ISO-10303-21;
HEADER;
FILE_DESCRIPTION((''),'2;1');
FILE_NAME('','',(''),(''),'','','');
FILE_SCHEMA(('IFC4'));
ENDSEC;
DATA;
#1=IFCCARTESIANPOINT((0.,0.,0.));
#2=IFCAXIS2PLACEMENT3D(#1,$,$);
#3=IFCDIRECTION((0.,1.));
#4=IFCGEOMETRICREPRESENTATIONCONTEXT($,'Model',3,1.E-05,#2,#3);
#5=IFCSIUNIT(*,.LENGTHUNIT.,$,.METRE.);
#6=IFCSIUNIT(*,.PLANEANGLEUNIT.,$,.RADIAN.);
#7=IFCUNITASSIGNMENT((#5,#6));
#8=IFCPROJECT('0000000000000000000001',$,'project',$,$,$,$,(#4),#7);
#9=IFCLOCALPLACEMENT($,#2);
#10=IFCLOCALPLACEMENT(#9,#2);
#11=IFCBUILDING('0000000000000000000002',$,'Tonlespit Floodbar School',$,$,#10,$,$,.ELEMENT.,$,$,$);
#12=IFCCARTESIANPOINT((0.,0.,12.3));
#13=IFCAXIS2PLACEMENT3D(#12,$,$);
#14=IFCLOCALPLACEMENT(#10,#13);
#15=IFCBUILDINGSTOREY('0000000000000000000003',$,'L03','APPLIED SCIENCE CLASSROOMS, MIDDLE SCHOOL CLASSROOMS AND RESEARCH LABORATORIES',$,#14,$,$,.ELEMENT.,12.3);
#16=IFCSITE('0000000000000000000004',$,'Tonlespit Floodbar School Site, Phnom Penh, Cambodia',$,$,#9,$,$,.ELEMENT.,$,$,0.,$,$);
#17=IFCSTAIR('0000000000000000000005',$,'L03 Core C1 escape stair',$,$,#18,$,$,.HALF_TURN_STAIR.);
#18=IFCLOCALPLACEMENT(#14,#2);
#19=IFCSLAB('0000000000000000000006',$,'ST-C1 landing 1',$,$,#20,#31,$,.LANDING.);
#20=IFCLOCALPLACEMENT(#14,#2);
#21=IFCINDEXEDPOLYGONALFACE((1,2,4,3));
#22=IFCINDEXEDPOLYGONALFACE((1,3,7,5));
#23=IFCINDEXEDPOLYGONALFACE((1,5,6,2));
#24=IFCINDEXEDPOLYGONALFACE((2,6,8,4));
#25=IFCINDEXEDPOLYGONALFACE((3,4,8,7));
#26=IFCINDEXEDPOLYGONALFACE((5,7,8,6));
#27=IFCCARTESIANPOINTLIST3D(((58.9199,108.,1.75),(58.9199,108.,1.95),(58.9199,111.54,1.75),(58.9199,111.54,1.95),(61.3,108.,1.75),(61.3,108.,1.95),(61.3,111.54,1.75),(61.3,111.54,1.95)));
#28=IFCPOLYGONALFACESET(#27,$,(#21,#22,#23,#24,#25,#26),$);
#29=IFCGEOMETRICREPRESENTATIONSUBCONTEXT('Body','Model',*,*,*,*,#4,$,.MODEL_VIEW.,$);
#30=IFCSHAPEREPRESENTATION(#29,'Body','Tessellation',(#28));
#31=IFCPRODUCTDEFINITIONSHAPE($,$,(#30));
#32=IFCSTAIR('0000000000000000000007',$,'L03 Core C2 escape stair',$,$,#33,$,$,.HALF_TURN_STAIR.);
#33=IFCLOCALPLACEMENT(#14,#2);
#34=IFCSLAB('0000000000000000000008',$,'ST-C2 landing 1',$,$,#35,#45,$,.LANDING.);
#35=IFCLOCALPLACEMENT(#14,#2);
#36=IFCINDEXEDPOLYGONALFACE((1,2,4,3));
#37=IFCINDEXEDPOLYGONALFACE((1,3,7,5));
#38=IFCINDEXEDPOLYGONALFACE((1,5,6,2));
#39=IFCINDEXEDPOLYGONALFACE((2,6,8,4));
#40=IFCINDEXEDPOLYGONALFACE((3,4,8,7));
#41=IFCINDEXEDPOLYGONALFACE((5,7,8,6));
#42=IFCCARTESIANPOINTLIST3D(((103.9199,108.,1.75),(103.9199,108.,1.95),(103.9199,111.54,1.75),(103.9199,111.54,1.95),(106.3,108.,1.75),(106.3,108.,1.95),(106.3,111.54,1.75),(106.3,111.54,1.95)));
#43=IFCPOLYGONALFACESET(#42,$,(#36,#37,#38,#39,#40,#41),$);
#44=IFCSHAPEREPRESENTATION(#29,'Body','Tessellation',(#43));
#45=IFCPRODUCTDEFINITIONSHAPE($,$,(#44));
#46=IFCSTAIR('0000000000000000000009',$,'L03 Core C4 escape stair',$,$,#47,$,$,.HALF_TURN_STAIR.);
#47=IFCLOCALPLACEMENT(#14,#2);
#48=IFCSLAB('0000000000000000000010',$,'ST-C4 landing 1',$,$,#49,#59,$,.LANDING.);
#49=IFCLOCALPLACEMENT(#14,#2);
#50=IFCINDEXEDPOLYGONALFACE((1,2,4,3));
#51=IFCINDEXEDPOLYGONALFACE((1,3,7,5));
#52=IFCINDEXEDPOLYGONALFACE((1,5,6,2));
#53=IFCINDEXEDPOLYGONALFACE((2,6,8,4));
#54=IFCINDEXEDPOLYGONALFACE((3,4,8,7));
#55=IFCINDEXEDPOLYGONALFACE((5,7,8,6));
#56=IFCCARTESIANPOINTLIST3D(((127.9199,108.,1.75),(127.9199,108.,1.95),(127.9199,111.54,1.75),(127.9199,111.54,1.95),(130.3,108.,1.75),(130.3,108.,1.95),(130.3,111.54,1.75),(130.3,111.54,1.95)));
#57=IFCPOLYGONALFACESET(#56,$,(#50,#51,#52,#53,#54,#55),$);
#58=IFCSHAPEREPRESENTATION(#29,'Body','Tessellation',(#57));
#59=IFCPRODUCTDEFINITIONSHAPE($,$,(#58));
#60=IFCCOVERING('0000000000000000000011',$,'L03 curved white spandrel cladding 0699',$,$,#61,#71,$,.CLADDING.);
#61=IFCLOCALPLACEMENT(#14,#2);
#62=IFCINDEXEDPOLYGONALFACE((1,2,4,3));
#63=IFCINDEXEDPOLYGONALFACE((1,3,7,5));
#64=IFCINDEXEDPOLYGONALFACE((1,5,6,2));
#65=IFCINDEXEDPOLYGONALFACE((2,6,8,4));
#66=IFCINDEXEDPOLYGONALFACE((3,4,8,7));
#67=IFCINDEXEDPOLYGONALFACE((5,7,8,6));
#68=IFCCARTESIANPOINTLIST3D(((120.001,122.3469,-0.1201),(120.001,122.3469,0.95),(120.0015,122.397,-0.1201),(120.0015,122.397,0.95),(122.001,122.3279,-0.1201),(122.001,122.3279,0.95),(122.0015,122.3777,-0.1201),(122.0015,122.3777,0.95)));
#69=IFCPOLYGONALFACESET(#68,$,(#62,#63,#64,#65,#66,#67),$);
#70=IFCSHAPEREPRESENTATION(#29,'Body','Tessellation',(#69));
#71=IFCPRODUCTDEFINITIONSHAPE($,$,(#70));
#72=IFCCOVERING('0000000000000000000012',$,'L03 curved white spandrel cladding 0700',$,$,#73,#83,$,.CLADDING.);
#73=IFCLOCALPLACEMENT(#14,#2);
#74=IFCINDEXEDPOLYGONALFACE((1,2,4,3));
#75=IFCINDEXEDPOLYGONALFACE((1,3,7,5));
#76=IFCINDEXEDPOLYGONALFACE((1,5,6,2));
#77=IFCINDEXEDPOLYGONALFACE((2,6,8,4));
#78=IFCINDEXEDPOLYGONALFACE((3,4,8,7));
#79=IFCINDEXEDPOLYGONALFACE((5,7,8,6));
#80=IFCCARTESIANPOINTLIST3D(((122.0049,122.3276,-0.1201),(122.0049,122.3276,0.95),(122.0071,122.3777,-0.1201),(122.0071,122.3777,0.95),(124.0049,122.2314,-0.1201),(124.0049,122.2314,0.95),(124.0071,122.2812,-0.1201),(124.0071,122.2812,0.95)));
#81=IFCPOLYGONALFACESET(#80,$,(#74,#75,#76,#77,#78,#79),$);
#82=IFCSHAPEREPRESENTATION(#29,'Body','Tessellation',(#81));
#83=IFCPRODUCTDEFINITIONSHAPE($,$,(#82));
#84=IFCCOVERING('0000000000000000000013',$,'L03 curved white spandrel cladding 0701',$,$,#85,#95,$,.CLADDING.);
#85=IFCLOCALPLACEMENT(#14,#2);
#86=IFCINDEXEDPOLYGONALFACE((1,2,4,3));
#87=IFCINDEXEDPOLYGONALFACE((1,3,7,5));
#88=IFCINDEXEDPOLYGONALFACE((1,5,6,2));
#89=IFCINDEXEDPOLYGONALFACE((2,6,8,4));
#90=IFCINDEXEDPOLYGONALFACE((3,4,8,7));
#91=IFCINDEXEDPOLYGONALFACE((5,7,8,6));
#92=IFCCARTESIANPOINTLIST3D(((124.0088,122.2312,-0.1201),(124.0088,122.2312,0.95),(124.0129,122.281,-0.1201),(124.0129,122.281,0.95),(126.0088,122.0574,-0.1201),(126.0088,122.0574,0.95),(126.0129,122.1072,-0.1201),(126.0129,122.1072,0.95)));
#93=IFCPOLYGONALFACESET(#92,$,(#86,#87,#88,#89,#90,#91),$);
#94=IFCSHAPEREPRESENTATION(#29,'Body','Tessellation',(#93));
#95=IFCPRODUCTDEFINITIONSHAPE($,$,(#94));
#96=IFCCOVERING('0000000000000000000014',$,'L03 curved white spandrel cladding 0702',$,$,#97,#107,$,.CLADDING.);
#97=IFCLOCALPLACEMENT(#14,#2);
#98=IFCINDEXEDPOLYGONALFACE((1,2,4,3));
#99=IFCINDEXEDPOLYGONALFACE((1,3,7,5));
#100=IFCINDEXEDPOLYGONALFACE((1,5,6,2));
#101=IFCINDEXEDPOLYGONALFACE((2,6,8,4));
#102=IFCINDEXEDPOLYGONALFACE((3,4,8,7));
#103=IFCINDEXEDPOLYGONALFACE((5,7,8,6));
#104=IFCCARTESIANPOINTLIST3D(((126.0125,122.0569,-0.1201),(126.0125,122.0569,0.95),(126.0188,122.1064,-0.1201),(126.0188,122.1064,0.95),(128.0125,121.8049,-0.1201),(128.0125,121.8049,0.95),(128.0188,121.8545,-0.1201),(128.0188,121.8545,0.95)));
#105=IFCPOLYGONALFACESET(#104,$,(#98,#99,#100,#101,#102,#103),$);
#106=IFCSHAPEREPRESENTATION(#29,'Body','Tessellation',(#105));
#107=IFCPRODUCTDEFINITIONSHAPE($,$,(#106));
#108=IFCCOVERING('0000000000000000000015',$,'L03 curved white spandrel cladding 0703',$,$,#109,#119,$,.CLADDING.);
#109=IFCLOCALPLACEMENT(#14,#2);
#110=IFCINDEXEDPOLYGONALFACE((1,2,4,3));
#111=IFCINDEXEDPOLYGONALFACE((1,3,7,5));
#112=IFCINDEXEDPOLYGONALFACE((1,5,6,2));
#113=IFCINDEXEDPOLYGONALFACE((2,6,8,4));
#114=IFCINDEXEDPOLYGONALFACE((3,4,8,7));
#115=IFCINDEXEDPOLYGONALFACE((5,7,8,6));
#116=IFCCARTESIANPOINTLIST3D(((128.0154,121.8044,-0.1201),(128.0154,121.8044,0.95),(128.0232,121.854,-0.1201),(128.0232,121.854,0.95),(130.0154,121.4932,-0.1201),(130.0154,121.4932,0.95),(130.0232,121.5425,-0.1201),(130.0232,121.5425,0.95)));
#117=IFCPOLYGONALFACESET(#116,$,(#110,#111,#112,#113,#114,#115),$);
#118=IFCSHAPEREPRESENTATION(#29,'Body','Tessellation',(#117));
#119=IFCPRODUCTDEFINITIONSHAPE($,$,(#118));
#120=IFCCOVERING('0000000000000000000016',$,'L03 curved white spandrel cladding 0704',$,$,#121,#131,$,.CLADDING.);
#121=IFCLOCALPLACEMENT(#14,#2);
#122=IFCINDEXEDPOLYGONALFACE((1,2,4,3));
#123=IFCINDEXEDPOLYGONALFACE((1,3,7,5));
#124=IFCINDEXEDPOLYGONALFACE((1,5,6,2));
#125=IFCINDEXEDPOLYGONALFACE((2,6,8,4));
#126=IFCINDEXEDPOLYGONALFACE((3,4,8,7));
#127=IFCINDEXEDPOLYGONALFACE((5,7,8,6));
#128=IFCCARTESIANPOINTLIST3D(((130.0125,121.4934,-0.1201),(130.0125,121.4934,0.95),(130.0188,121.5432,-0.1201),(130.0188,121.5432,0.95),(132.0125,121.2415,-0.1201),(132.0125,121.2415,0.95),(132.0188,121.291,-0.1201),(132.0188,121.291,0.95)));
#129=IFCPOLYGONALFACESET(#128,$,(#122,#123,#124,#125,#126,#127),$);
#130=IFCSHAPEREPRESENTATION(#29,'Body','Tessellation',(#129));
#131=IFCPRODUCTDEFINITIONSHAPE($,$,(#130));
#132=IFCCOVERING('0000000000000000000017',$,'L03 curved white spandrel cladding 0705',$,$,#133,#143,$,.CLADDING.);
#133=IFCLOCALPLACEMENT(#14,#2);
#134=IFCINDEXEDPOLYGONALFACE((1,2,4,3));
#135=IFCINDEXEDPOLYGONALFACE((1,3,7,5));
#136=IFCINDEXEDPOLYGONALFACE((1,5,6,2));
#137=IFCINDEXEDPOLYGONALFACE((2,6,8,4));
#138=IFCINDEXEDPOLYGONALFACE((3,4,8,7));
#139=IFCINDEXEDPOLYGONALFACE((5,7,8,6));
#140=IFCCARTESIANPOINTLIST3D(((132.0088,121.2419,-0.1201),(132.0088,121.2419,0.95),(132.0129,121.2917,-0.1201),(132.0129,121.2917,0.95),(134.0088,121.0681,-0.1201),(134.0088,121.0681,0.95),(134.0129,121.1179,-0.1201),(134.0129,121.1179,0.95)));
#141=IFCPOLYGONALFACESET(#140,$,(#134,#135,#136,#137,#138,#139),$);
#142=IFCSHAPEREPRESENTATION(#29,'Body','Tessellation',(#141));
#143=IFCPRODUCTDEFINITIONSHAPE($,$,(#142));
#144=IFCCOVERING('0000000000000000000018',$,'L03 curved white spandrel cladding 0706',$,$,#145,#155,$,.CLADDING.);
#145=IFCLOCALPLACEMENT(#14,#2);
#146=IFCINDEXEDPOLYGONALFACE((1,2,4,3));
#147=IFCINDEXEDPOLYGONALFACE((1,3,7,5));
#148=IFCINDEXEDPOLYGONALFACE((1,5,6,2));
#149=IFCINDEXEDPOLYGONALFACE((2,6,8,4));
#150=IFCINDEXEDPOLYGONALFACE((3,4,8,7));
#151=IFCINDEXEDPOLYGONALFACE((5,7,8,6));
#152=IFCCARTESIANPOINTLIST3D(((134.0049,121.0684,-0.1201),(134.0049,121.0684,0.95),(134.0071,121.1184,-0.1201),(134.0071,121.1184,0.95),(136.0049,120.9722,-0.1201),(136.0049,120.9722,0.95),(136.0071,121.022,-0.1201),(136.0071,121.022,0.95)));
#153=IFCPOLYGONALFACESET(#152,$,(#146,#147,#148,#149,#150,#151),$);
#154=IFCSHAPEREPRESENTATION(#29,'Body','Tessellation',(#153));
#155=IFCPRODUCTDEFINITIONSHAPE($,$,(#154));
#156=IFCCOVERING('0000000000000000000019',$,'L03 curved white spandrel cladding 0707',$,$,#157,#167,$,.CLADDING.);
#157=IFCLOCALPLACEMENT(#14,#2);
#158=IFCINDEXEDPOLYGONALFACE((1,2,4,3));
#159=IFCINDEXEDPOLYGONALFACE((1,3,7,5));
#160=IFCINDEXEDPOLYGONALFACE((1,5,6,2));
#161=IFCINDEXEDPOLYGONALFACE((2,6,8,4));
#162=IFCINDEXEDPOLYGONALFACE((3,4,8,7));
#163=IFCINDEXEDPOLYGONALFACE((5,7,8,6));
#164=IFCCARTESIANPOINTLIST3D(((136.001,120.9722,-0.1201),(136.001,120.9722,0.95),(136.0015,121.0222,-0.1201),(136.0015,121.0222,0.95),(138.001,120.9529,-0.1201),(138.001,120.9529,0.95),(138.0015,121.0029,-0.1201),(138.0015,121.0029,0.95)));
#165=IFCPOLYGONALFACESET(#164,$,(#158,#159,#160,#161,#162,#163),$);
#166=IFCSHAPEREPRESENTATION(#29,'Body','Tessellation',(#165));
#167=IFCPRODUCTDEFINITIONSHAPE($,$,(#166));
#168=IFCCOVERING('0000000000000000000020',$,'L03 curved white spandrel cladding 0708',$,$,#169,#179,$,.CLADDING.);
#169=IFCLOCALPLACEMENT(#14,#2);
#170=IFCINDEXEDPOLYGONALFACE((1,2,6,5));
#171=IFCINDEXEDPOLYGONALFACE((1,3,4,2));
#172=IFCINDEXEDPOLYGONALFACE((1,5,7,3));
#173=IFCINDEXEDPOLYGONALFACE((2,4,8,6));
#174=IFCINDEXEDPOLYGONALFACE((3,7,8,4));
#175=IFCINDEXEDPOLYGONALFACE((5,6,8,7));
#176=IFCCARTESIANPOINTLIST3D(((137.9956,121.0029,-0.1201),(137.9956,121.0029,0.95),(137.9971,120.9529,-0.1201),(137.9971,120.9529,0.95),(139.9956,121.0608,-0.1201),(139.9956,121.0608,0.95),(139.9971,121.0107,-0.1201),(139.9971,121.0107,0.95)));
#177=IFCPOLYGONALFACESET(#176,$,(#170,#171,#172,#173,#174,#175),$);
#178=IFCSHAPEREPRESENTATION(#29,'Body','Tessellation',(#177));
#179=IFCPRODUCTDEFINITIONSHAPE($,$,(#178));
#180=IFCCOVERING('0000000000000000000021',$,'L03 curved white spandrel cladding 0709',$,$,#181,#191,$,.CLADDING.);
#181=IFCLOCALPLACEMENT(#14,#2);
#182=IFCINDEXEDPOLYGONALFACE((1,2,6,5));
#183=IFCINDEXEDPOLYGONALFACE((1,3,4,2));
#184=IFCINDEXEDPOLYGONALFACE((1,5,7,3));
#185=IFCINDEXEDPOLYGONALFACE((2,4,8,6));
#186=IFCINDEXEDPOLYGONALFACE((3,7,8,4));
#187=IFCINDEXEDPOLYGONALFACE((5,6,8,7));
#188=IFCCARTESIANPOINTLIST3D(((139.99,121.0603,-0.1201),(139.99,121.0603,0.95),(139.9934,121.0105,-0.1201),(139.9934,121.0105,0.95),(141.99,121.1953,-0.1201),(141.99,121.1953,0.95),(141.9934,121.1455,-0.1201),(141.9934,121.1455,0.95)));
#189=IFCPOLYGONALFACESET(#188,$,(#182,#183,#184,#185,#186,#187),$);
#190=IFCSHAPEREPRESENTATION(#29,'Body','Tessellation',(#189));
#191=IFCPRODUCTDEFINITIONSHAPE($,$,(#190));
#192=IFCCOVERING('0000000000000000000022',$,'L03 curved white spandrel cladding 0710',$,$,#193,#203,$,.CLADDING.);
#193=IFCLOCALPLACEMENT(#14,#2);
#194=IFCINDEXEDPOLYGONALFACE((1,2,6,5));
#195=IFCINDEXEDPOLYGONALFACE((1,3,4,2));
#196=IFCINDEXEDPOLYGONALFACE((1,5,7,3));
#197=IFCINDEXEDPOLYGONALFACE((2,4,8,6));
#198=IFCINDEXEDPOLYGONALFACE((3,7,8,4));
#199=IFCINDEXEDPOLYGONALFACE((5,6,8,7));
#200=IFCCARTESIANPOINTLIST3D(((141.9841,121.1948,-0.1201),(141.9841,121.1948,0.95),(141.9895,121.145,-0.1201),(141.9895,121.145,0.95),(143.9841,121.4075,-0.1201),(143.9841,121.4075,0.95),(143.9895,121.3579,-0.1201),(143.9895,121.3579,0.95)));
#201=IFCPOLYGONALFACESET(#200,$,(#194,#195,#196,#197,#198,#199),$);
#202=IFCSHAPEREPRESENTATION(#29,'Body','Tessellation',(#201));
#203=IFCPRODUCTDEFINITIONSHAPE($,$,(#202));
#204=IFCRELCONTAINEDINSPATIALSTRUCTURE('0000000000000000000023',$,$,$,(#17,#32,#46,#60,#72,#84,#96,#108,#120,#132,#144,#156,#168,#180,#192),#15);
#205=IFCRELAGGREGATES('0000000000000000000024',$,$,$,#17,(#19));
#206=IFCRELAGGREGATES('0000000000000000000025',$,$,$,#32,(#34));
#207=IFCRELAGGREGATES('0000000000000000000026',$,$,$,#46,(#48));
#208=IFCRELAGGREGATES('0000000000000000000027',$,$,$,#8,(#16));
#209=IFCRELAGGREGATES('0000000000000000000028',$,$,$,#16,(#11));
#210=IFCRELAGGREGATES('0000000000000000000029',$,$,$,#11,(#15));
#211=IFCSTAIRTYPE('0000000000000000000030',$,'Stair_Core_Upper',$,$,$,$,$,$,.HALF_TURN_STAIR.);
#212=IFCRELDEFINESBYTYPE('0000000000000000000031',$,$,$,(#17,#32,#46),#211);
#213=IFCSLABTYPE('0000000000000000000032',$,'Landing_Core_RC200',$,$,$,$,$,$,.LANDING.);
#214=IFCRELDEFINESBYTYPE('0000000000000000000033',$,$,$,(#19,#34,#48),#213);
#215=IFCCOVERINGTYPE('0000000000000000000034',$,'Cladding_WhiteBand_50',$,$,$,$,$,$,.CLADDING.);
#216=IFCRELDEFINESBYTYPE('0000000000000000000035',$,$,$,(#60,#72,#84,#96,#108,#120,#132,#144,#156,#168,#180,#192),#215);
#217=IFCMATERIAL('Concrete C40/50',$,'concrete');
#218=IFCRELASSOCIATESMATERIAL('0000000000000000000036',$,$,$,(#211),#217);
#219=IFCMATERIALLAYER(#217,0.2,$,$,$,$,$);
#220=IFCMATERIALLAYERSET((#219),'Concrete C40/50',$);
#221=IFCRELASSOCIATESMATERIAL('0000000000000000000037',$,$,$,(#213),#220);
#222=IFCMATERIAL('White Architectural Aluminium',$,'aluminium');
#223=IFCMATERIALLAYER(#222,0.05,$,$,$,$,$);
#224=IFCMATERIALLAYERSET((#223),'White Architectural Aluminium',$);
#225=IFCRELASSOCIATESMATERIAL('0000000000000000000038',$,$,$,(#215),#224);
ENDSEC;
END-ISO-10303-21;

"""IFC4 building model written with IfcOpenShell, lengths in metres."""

from ifc_helpers import new_model, si_unit, direction, frame, origin, place, context, subcontext, project, spatial, polyline, outline, extrude, material, layer, layer_set, type_object, element, aggregate, save


model = new_model("IFC4")

# Units and contexts
model_context = context("Model", 3, precision=1e-05, world=origin(), true_north=direction((0.0, 1.0)))
body_context = subcontext(model_context, "Body", "Model", "MODEL_VIEW")
ifc_project = project(units=[si_unit("LENGTHUNIT", "METRE"), si_unit("PLANEANGLEUNIT", "RADIAN")], contexts=[model_context])

# Site, building, storey
site_placement = place(None, origin())
site = spatial("IfcSite", under=ifc_project, at=site_placement, Name="Tonlespit Floodbar School Site, Phnom Penh, Cambodia", CompositionType="ELEMENT", RefElevation=0.0)
building_placement = place(site_placement, origin())
building = spatial("IfcBuilding", under=site, at=building_placement, Name="Tonlespit Floodbar School", CompositionType="ELEMENT")
storey_placement = place(building_placement, frame((0.0, 0.0, 12.3)))
storey = spatial("IfcBuildingStorey", under=building, at=storey_placement, Name="L03", Description="APPLIED SCIENCE CLASSROOMS, MIDDLE SCHOOL CLASSROOMS AND RESEARCH LABORATORIES", CompositionType="ELEMENT", Elevation=12.3)

# Stairs, slabs
ifc_material_1 = material(Name="Concrete C40/50", Category="concrete")
stair_type = type_object("IfcStairType", Name="Stair_Core_Upper", PredefinedType="HALF_TURN_STAIR", material=ifc_material_1)
stair_1_placement = place(storey_placement, origin())
stair_1 = element("IfcStair", 1, at=stair_1_placement, inside=storey, type_object=stair_type, Name="L03 Core C1 escape stair", PredefinedType="HALF_TURN_STAIR")
ifc_layer_1 = layer(ifc_material_1, 0.2)
ifc_layer_set_1 = layer_set([ifc_layer_1], Name="Concrete C40/50")
slab_type = type_object("IfcSlabType", Name="Landing_Core_RC200", PredefinedType="LANDING", material=ifc_layer_set_1)
slab_1_placement = place(storey_placement, frame((0.0, 0.0, 1.75)))
slab_1 = element("IfcSlab", 2, at=slab_1_placement, type_object=slab_type, Name="ST-C1 landing 1", PredefinedType="LANDING", context=body_context, shape_type="SweptSolid", body=[
    extrude(outline(polyline([(58.9199, 108.0), (61.3, 108.0), (61.3, 111.54), (58.9199, 111.54), (58.9199, 108.0)])), origin(), (0.0, 0.0, 1.0), 0.2),
])
aggregate(stair_1, [slab_1])
stair_2_placement = place(storey_placement, origin())
stair_2 = element("IfcStair", 3, at=stair_2_placement, inside=storey, type_object=stair_type, Name="L03 Core C2 escape stair", PredefinedType="HALF_TURN_STAIR")
slab_2_placement = place(storey_placement, frame((0.0, 0.0, 1.75)))
slab_2 = element("IfcSlab", 4, at=slab_2_placement, type_object=slab_type, Name="ST-C2 landing 1", PredefinedType="LANDING", context=body_context, shape_type="SweptSolid", body=[
    extrude(outline(polyline([(103.9199, 108.0), (106.3, 108.0), (106.3, 111.54), (103.9199, 111.54), (103.9199, 108.0)])), origin(), (0.0, 0.0, 1.0), 0.2),
])
aggregate(stair_2, [slab_2])
stair_3_placement = place(storey_placement, origin())
stair_3 = element("IfcStair", 5, at=stair_3_placement, inside=storey, type_object=stair_type, Name="L03 Core C4 escape stair", PredefinedType="HALF_TURN_STAIR")
slab_3_placement = place(storey_placement, frame((0.0, 0.0, 1.75)))
slab_3 = element("IfcSlab", 6, at=slab_3_placement, type_object=slab_type, Name="ST-C4 landing 1", PredefinedType="LANDING", context=body_context, shape_type="SweptSolid", body=[
    extrude(outline(polyline([(127.9199, 108.0), (130.3, 108.0), (130.3, 111.54), (127.9199, 111.54), (127.9199, 108.0)])), origin(), (0.0, 0.0, 1.0), 0.2),
])
aggregate(stair_3, [slab_3])

# Coverings
ifc_material_2 = material(Name="White Architectural Aluminium", Category="aluminium")
ifc_layer_2 = layer(ifc_material_2, 0.05)
ifc_layer_set_2 = layer_set([ifc_layer_2], Name="White Architectural Aluminium")
covering_type = type_object("IfcCoveringType", Name="Cladding_WhiteBand_50", PredefinedType="CLADDING", material=ifc_layer_set_2)
covering_1_placement = place(storey_placement, frame((0.0, 0.0, -0.1201)))
element("IfcCovering", 7, at=covering_1_placement, inside=storey, type_object=covering_type, Name="L03 curved white spandrel cladding 0699", PredefinedType="CLADDING", context=body_context, shape_type="SweptSolid", body=[
    extrude(outline(polyline([(120.001, 122.3469), (122.001, 122.3279), (122.0015, 122.3777), (120.0015, 122.397), (120.001, 122.3469)])), origin(), (0.0, 0.0, 1.0), 1.0701),
])
covering_2_placement = place(storey_placement, frame((0.0, 0.0, -0.1201)))
element("IfcCovering", 8, at=covering_2_placement, inside=storey, type_object=covering_type, Name="L03 curved white spandrel cladding 0700", PredefinedType="CLADDING", context=body_context, shape_type="SweptSolid", body=[
    extrude(outline(polyline([(122.0049, 122.3276), (124.0049, 122.2314), (124.0071, 122.2812), (122.0071, 122.3777), (122.0049, 122.3276)])), origin(), (0.0, 0.0, 1.0), 1.0701),
])
covering_3_placement = place(storey_placement, frame((0.0, 0.0, -0.1201)))
element("IfcCovering", 9, at=covering_3_placement, inside=storey, type_object=covering_type, Name="L03 curved white spandrel cladding 0701", PredefinedType="CLADDING", context=body_context, shape_type="SweptSolid", body=[
    extrude(outline(polyline([(124.0088, 122.2312), (126.0088, 122.0574), (126.0129, 122.1072), (124.0129, 122.281), (124.0088, 122.2312)])), origin(), (0.0, 0.0, 1.0), 1.0701),
])
covering_4_placement = place(storey_placement, frame((0.0, 0.0, -0.1201)))
element("IfcCovering", 10, at=covering_4_placement, inside=storey, type_object=covering_type, Name="L03 curved white spandrel cladding 0702", PredefinedType="CLADDING", context=body_context, shape_type="SweptSolid", body=[
    extrude(outline(polyline([(126.0125, 122.0569), (128.0125, 121.8049), (128.0188, 121.8545), (126.0188, 122.1064), (126.0125, 122.0569)])), origin(), (0.0, 0.0, 1.0), 1.0701),
])
covering_5_placement = place(storey_placement, frame((0.0, 0.0, -0.1201)))
element("IfcCovering", 11, at=covering_5_placement, inside=storey, type_object=covering_type, Name="L03 curved white spandrel cladding 0703", PredefinedType="CLADDING", context=body_context, shape_type="SweptSolid", body=[
    extrude(outline(polyline([(128.0154, 121.8044), (130.0154, 121.4932), (130.0232, 121.5425), (128.0232, 121.854), (128.0154, 121.8044)])), origin(), (0.0, 0.0, 1.0), 1.0701),
])
covering_6_placement = place(storey_placement, frame((0.0, 0.0, -0.1201)))
element("IfcCovering", 12, at=covering_6_placement, inside=storey, type_object=covering_type, Name="L03 curved white spandrel cladding 0704", PredefinedType="CLADDING", context=body_context, shape_type="SweptSolid", body=[
    extrude(outline(polyline([(130.0125, 121.4934), (132.0125, 121.2415), (132.0188, 121.291), (130.0188, 121.5432), (130.0125, 121.4934)])), origin(), (0.0, 0.0, 1.0), 1.0701),
])
covering_7_placement = place(storey_placement, frame((0.0, 0.0, -0.1201)))
element("IfcCovering", 13, at=covering_7_placement, inside=storey, type_object=covering_type, Name="L03 curved white spandrel cladding 0705", PredefinedType="CLADDING", context=body_context, shape_type="SweptSolid", body=[
    extrude(outline(polyline([(132.0088, 121.2419), (134.0088, 121.0681), (134.0129, 121.1179), (132.0129, 121.2917), (132.0088, 121.2419)])), origin(), (0.0, 0.0, 1.0), 1.0701),
])
covering_8_placement = place(storey_placement, frame((0.0, 0.0, -0.1201)))
element("IfcCovering", 14, at=covering_8_placement, inside=storey, type_object=covering_type, Name="L03 curved white spandrel cladding 0706", PredefinedType="CLADDING", context=body_context, shape_type="SweptSolid", body=[
    extrude(outline(polyline([(134.0049, 121.0684), (136.0049, 120.9722), (136.0071, 121.022), (134.0071, 121.1184), (134.0049, 121.0684)])), origin(), (0.0, 0.0, 1.0), 1.0701),
])
covering_9_placement = place(storey_placement, frame((0.0, 0.0, -0.1201)))
element("IfcCovering", 15, at=covering_9_placement, inside=storey, type_object=covering_type, Name="L03 curved white spandrel cladding 0707", PredefinedType="CLADDING", context=body_context, shape_type="SweptSolid", body=[
    extrude(outline(polyline([(136.001, 120.9722), (138.001, 120.9529), (138.0015, 121.0029), (136.0015, 121.0222), (136.001, 120.9722)])), origin(), (0.0, 0.0, 1.0), 1.0701),
])
covering_10_placement = place(storey_placement, frame((0.0, 0.0, -0.1201)))
element("IfcCovering", 16, at=covering_10_placement, inside=storey, type_object=covering_type, Name="L03 curved white spandrel cladding 0708", PredefinedType="CLADDING", context=body_context, shape_type="SweptSolid", body=[
    extrude(outline(polyline([(137.9971, 120.9529), (139.9971, 121.0107), (139.9956, 121.0608), (137.9956, 121.0029), (137.9971, 120.9529)])), origin(), (0.0, 0.0, 1.0), 1.0701),
])
covering_11_placement = place(storey_placement, frame((0.0, 0.0, -0.1201)))
element("IfcCovering", 17, at=covering_11_placement, inside=storey, type_object=covering_type, Name="L03 curved white spandrel cladding 0709", PredefinedType="CLADDING", context=body_context, shape_type="SweptSolid", body=[
    extrude(outline(polyline([(139.9934, 121.0105), (141.9934, 121.1455), (141.99, 121.1953), (139.99, 121.0603), (139.9934, 121.0105)])), origin(), (0.0, 0.0, 1.0), 1.0701),
])
covering_12_placement = place(storey_placement, frame((0.0, 0.0, -0.1201)))
element("IfcCovering", 18, at=covering_12_placement, inside=storey, type_object=covering_type, Name="L03 curved white spandrel cladding 0710", PredefinedType="CLADDING", context=body_context, shape_type="SweptSolid", body=[
    extrude(outline(polyline([(141.9895, 121.145), (143.9895, 121.3579), (143.9841, 121.4075), (141.9841, 121.1948), (141.9895, 121.145)])), origin(), (0.0, 0.0, 1.0), 1.0701),
])

save(model, "model.ifc")
